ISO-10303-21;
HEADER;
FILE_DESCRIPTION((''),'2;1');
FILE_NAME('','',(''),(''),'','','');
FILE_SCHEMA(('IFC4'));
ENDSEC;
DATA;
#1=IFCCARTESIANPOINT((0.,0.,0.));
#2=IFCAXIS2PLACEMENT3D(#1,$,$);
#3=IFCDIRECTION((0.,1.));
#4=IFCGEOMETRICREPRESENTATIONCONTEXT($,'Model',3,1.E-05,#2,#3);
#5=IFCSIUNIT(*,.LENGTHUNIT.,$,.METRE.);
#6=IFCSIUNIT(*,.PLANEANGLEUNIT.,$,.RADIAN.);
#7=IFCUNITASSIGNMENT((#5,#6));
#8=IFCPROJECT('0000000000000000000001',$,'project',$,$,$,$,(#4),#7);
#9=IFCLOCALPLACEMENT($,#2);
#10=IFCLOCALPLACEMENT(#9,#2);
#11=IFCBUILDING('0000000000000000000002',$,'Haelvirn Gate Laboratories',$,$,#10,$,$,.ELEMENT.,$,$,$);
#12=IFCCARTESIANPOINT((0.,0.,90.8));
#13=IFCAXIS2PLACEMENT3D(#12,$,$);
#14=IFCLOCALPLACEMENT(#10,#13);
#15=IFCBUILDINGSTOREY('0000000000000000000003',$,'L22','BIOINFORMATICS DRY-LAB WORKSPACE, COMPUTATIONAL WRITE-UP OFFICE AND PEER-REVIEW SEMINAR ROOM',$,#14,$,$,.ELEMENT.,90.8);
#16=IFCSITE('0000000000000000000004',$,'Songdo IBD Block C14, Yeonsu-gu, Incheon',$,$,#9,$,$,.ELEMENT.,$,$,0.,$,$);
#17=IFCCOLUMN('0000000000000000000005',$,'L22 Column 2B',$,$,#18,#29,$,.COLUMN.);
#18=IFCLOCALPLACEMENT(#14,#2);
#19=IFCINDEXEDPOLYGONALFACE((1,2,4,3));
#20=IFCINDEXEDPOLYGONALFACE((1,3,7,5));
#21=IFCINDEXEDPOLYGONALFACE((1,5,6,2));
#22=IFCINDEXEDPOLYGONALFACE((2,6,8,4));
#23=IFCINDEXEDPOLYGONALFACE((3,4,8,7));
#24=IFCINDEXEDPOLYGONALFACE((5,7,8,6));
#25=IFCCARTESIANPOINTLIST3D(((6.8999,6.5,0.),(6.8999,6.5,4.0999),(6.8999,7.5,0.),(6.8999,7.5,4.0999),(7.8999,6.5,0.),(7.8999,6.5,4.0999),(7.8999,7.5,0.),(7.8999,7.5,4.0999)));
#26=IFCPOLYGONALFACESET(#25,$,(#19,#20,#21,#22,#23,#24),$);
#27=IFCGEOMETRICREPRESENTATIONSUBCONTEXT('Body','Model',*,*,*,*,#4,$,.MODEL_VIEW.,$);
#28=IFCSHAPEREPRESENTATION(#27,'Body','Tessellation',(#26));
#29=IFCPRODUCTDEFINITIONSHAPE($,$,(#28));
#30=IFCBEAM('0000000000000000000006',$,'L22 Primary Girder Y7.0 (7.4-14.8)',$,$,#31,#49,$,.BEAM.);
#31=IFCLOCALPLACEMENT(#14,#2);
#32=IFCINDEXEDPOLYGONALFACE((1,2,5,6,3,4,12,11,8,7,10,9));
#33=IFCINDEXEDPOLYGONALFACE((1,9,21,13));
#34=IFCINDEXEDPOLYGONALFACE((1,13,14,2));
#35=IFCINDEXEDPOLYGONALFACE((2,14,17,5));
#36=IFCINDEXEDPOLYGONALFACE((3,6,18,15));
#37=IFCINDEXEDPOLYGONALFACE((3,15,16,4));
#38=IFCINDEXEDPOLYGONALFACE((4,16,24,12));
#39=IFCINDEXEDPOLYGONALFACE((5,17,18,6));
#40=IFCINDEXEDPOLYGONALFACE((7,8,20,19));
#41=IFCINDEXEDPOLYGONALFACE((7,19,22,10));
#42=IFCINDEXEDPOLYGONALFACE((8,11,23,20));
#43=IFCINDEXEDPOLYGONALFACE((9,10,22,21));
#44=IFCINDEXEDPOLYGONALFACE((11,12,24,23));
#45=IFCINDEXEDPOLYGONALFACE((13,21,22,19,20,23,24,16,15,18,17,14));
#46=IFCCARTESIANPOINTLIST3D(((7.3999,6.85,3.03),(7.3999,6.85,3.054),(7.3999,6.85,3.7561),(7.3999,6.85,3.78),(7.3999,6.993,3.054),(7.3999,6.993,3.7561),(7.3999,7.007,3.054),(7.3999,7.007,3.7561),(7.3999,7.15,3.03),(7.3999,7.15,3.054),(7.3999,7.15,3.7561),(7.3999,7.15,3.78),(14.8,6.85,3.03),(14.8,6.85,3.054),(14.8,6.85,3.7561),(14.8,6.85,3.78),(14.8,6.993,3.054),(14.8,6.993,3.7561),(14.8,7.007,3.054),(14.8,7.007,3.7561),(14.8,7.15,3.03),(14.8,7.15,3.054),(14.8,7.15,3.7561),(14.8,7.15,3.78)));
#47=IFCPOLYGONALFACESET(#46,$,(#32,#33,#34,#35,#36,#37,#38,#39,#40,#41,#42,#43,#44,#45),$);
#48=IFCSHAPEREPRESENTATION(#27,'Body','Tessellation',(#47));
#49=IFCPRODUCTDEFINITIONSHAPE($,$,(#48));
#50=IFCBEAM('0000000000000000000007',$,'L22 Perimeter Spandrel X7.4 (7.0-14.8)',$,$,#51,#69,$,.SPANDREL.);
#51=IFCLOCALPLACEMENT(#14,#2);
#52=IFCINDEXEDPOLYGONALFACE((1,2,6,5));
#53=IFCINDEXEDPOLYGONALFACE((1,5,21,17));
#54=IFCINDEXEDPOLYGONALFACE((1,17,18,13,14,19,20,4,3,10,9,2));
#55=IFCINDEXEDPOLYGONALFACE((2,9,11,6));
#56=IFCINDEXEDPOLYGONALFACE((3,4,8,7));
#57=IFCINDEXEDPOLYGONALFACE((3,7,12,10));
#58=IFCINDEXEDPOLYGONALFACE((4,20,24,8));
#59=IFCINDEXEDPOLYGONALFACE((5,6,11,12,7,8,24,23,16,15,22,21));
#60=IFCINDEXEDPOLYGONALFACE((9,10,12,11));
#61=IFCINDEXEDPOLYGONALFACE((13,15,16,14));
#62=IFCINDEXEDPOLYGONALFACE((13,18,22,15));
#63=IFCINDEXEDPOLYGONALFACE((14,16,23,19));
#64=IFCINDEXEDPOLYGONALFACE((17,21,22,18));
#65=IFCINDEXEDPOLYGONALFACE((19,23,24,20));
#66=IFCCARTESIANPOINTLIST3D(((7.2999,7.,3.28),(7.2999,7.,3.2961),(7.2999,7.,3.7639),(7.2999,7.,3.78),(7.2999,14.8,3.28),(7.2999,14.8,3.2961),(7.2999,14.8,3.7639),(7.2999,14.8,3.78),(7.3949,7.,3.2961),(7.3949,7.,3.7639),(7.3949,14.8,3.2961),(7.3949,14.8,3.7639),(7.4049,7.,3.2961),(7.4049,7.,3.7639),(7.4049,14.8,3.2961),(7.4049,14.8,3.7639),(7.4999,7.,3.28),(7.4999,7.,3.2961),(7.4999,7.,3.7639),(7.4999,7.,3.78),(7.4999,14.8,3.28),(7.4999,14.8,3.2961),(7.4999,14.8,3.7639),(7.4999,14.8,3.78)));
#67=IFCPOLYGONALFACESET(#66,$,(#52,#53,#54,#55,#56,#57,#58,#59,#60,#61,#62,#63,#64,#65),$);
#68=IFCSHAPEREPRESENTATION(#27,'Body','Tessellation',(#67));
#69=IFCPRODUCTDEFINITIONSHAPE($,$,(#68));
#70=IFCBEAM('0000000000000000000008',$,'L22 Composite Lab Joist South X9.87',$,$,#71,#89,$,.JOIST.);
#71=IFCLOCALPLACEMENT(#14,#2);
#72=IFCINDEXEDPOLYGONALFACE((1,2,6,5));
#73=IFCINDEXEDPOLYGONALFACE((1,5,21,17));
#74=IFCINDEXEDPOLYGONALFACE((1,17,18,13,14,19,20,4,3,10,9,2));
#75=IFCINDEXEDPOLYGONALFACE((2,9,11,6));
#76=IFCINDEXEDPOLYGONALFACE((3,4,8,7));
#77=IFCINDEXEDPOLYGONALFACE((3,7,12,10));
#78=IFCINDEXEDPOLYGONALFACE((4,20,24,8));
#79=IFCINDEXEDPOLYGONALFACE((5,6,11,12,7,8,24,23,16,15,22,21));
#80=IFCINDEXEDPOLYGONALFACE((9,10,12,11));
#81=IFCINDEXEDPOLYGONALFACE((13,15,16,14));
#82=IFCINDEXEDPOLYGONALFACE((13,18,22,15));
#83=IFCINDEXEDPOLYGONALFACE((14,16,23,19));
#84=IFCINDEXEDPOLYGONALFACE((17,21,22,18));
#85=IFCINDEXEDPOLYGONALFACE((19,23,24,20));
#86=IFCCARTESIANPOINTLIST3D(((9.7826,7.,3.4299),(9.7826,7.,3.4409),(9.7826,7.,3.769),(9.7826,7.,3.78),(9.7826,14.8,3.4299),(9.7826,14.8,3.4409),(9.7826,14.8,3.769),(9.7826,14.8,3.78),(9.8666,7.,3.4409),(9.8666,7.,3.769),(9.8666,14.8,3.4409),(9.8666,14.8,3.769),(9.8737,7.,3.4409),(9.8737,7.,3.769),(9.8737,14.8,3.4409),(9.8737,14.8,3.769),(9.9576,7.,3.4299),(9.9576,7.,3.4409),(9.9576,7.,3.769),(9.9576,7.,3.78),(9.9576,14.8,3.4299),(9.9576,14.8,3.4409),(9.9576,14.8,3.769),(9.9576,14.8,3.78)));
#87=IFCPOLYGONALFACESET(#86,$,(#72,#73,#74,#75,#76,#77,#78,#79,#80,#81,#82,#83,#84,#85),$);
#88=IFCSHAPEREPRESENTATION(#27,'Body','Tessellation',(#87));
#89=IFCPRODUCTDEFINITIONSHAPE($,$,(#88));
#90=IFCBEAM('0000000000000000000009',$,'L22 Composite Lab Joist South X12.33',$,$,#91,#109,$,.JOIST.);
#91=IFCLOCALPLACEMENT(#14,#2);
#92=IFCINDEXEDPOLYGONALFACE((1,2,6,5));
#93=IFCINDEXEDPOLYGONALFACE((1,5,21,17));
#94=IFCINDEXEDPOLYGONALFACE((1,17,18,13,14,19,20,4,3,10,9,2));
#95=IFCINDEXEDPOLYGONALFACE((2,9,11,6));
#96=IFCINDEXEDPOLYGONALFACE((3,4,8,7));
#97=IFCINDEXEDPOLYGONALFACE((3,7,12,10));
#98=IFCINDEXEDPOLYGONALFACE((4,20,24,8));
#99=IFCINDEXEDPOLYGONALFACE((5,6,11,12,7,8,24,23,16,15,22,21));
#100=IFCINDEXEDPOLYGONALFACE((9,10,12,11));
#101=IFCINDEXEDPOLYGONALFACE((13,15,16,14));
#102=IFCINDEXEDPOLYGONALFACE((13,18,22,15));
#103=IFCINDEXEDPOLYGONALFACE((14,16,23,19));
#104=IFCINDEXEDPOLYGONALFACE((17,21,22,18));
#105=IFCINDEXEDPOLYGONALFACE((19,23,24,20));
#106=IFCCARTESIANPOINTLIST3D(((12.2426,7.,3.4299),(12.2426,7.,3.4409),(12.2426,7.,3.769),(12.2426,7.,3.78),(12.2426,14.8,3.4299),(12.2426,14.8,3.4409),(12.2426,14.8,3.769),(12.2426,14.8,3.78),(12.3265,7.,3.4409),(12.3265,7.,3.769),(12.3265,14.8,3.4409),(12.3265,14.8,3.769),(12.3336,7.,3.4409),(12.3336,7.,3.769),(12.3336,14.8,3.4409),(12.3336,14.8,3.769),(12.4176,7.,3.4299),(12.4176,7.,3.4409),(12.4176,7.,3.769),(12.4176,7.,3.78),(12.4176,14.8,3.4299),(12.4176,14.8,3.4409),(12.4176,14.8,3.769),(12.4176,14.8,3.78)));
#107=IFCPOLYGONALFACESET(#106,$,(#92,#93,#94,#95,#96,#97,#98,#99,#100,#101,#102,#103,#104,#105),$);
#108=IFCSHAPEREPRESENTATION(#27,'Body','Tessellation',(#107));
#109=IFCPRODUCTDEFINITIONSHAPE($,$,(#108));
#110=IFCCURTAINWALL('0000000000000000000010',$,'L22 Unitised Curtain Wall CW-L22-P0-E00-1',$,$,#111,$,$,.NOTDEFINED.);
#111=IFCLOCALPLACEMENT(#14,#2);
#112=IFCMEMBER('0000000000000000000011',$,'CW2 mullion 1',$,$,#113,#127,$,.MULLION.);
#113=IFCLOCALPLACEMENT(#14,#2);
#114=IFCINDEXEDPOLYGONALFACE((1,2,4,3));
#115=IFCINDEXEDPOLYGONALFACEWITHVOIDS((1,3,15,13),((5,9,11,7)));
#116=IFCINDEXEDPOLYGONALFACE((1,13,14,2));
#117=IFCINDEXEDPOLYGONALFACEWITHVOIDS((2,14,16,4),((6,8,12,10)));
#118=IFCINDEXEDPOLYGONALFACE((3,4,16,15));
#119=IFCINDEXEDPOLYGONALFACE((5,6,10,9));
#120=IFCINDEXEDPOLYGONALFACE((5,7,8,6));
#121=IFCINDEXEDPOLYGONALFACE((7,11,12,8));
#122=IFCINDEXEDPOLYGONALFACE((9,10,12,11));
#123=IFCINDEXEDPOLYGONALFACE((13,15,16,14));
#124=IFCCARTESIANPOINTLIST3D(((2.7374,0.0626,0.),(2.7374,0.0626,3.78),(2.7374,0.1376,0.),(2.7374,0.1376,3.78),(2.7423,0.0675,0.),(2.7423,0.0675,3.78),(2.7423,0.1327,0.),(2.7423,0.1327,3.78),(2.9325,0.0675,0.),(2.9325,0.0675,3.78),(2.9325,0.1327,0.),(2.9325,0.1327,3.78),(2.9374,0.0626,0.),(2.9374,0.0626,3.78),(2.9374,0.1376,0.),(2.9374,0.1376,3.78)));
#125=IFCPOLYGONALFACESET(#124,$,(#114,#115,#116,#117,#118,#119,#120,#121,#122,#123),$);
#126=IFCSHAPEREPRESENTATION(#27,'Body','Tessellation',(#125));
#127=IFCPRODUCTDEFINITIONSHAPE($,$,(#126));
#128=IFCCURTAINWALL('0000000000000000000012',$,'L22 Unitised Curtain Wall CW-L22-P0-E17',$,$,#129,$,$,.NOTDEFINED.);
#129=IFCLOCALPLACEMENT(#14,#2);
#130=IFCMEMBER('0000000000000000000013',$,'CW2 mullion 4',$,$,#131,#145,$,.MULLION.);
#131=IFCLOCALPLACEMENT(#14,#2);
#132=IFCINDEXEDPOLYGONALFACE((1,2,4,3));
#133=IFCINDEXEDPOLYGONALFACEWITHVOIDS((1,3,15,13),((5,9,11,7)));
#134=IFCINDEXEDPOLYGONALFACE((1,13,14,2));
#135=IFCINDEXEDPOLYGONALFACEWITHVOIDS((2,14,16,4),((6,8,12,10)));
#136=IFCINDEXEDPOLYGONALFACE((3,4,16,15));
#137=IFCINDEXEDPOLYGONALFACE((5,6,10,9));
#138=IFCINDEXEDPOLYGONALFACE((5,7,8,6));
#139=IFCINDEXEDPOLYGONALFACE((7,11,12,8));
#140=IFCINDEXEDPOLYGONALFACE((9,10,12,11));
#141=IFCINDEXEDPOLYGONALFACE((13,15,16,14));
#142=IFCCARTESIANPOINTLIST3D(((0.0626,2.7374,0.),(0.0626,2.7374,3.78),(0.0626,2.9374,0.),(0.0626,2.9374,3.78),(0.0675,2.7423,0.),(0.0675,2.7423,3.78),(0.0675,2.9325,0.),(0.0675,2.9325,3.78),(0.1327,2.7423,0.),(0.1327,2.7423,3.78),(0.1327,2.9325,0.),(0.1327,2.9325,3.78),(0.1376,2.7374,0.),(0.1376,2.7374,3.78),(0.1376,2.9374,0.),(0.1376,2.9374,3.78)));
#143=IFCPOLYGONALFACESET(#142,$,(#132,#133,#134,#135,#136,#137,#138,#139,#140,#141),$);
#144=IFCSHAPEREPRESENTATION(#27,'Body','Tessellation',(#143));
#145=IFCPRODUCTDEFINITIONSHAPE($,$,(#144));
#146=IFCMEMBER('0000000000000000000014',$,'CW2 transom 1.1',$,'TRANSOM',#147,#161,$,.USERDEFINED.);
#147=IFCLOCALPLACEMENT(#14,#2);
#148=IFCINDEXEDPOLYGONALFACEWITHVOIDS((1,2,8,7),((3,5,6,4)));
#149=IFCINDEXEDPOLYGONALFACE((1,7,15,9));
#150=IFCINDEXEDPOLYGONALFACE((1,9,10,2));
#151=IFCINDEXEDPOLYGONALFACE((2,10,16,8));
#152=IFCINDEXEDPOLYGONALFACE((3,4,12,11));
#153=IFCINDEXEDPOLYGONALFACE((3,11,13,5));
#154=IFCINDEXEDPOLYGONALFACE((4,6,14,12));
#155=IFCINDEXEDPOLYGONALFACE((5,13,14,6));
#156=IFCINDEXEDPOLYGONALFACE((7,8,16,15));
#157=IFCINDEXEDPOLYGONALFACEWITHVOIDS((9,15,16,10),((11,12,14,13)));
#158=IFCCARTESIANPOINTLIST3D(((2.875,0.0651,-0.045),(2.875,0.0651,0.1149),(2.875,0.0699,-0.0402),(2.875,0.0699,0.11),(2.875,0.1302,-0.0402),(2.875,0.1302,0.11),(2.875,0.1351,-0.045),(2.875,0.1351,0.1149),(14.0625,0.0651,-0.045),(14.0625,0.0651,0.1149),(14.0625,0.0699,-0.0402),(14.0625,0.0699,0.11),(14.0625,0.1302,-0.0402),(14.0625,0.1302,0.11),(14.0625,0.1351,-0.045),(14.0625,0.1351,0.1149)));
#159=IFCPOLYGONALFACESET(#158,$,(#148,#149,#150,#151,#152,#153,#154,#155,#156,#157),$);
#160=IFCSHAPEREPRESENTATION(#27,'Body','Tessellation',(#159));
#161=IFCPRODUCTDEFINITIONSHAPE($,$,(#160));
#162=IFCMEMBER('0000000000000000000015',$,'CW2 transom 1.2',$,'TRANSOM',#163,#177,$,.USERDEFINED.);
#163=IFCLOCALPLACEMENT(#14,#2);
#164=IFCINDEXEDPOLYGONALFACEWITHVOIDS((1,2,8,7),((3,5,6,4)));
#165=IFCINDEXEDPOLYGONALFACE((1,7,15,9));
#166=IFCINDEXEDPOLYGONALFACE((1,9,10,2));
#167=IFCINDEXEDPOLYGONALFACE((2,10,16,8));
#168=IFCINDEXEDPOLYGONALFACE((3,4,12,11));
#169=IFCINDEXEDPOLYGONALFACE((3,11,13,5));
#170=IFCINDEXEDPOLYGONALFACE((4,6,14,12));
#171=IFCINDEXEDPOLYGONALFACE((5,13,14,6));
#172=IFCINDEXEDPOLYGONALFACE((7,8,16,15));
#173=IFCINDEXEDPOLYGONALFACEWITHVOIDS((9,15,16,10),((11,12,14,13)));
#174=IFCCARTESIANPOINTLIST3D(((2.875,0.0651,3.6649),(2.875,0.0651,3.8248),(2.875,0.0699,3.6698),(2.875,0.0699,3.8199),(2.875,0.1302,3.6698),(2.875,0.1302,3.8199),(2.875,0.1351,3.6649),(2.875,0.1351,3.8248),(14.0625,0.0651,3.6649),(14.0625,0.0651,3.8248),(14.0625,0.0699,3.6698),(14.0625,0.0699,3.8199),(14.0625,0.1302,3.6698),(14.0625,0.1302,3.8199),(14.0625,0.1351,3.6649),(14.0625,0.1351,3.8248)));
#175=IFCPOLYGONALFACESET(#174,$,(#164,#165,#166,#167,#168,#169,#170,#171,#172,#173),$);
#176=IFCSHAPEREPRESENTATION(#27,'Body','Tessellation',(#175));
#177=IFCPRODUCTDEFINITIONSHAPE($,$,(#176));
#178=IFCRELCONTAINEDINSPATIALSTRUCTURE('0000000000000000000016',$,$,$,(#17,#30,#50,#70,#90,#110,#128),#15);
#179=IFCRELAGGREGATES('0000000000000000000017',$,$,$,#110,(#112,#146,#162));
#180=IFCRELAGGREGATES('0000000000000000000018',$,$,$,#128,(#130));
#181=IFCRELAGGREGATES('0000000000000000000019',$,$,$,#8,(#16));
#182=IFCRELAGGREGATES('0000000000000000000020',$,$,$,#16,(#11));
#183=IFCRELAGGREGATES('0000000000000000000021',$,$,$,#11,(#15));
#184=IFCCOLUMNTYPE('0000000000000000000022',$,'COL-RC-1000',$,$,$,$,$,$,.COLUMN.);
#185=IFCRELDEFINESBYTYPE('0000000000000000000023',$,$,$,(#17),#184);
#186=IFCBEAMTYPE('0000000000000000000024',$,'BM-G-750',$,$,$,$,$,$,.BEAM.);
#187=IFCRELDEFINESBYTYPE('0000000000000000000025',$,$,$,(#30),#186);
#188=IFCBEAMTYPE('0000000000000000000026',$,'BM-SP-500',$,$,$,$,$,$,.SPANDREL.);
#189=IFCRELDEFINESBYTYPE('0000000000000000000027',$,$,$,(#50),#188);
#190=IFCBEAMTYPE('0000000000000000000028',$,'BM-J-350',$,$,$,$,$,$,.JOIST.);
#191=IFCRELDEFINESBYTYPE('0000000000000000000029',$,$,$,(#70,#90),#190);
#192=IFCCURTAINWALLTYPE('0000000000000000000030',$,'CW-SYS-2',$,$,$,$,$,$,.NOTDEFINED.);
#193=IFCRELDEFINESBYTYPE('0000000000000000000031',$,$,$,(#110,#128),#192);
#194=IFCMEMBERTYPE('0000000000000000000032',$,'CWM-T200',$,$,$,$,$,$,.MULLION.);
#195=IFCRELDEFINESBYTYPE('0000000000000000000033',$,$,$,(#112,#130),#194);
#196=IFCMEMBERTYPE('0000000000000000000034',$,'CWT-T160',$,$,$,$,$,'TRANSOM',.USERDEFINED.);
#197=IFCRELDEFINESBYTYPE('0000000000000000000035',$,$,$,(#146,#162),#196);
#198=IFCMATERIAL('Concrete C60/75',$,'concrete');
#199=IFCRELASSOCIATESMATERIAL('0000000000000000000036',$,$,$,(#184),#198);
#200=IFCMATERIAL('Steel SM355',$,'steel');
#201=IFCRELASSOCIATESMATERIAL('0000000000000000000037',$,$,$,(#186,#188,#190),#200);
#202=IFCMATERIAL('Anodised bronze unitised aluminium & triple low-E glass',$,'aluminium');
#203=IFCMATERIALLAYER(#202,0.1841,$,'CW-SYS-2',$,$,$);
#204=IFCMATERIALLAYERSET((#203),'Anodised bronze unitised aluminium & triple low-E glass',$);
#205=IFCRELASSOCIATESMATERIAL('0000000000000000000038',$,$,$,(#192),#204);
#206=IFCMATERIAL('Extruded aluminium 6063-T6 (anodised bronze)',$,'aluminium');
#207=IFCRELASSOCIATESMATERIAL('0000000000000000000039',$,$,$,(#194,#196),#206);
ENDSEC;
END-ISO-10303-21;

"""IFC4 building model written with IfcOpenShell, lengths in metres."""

from ifc_helpers import new_model, si_unit, direction, frame, origin, origin_2d, place, context, subcontext, project, spatial, rectangle, hollow_rectangle, i_section, extrude, source, transform, mapped, material, layer, layer_set, material_profile, profile_set, type_object, type_shapes, element, aggregate, save


model = new_model("IFC4")

# Units and contexts
model_context = context("Model", 3, precision=1e-05, world=origin(), true_north=direction((0.0, 1.0)))
body_context = subcontext(model_context, "Body", "Model", "MODEL_VIEW")
ifc_project = project(units=[si_unit("LENGTHUNIT", "METRE"), si_unit("PLANEANGLEUNIT", "RADIAN")], contexts=[model_context])

# Site, building, storey
site_placement = place(None, origin())
site = spatial("IfcSite", under=ifc_project, at=site_placement, Name="Songdo IBD Block C14, Yeonsu-gu, Incheon", CompositionType="ELEMENT", RefElevation=0.0)
building_placement = place(site_placement, origin())
building = spatial("IfcBuilding", under=site, at=building_placement, Name="Haelvirn Gate Laboratories", CompositionType="ELEMENT")
storey_placement = place(building_placement, frame((0.0, 0.0, 90.8)))
storey = spatial("IfcBuildingStorey", under=building, at=storey_placement, Name="L22", Description="BIOINFORMATICS DRY-LAB WORKSPACE, COMPUTATIONAL WRITE-UP OFFICE AND PEER-REVIEW SEMINAR ROOM", CompositionType="ELEMENT", Elevation=90.8)

# Column
ifc_material_1 = material(Name="Concrete C60/75", Category="concrete")
ifc_material_profile_1 = material_profile(ifc_material_1, rectangle(XDim=1.0, YDim=1.0, at=origin_2d()), Name="RC-1000x1000")
ifc_profile_set_1 = profile_set([ifc_material_profile_1], Name="Concrete C60/75")
column_type = type_object("IfcColumnType", Name="COL-RC-1000", PredefinedType="COLUMN", material=ifc_profile_set_1)
shared_shape_1 = source(origin(), body_context, "Body", "SweptSolid", [
    extrude(rectangle(XDim=1.0, YDim=1.0, at=origin_2d()), origin(), (0.0, 0.0, 1.0), 4.0999),
])
type_shapes(column_type, [shared_shape_1])
column_placement = place(storey_placement, frame((7.3999, 7.0, 0.0), z_axis=(0.0, 0.0, 1.0), x_axis=(1.0, 0.0, 0.0)))
element("IfcColumn", 1, at=column_placement, inside=storey, type_object=column_type, Name="L22 Column 2B", PredefinedType="COLUMN", context=body_context, shape_type="MappedRepresentation", body=[
    mapped(shared_shape_1, transform((0.0, 0.0, 0.0), scale=1.0)),
])

# Beams
ifc_material_2 = material(Name="Steel SM355", Category="steel")
ifc_material_profile_2 = material_profile(ifc_material_2, i_section(OverallWidth=0.3, OverallDepth=0.75, WebThickness=0.0139, FlangeThickness=0.0239, at=origin_2d()), Name="H-750x300x14x24")
ifc_profile_set_2 = profile_set([ifc_material_profile_2], Name="Steel SM355")
beam_type_1 = type_object("IfcBeamType", Name="BM-G-750", PredefinedType="BEAM", material=ifc_profile_set_2)
shared_shape_2 = source(origin(), body_context, "Body", "SweptSolid", [
    extrude(i_section(OverallWidth=0.3, OverallDepth=0.75, WebThickness=0.0139, FlangeThickness=0.0239, at=origin_2d()), origin(), (0.0, 0.0, 1.0), 7.4001),
])
type_shapes(beam_type_1, [shared_shape_2])
beam_1_placement = place(storey_placement, frame((7.3999, 7.0, 3.405), z_axis=(1.0, 0.0, 0.0), x_axis=(0.0, 1.0, 0.0)))
element("IfcBeam", 2, at=beam_1_placement, inside=storey, type_object=beam_type_1, Name="L22 Primary Girder Y7.0 (7.4-14.8)", PredefinedType="BEAM", context=body_context, shape_type="MappedRepresentation", body=[
    mapped(shared_shape_2, transform((0.0, 0.0, 0.0), scale=1.0)),
])
ifc_material_profile_3 = material_profile(ifc_material_2, i_section(OverallWidth=0.2, OverallDepth=0.5, WebThickness=0.01, FlangeThickness=0.0161, at=origin_2d()), Name="H-500x200x10x16")
ifc_profile_set_3 = profile_set([ifc_material_profile_3], Name="Steel SM355")
beam_type_2 = type_object("IfcBeamType", Name="BM-SP-500", PredefinedType="SPANDREL", material=ifc_profile_set_3)
shared_shape_3 = source(origin(), body_context, "Body", "SweptSolid", [
    extrude(i_section(OverallWidth=0.2, OverallDepth=0.5, WebThickness=0.01, FlangeThickness=0.0161, at=origin_2d()), origin(), (0.0, 0.0, 1.0), 7.8),
])
type_shapes(beam_type_2, [shared_shape_3])
beam_2_placement = place(storey_placement, frame((7.3999, 7.0, 3.53), z_axis=(0.0, 1.0, 0.0), x_axis=(-1.0, 0.0, 0.0)))
element("IfcBeam", 3, at=beam_2_placement, inside=storey, type_object=beam_type_2, Name="L22 Perimeter Spandrel X7.4 (7.0-14.8)", PredefinedType="SPANDREL", context=body_context, shape_type="MappedRepresentation", body=[
    mapped(shared_shape_3, transform((0.0, 0.0, 0.0), scale=1.0)),
])
ifc_material_profile_4 = material_profile(ifc_material_2, i_section(OverallWidth=0.175, OverallDepth=0.3501, WebThickness=0.0071, FlangeThickness=0.011, at=origin_2d()), Name="H-350x175x7x11")
ifc_profile_set_4 = profile_set([ifc_material_profile_4], Name="Steel SM355")
beam_type_3 = type_object("IfcBeamType", Name="BM-J-350", PredefinedType="JOIST", material=ifc_profile_set_4)
shared_shape_4 = source(origin(), body_context, "Body", "SweptSolid", [
    extrude(i_section(OverallWidth=0.175, OverallDepth=0.3501, WebThickness=0.0071, FlangeThickness=0.011, at=origin_2d()), origin(), (0.0, 0.0, 1.0), 7.8),
])
type_shapes(beam_type_3, [shared_shape_4])
for number, where, z_axis, x_axis, name in (
    (4, (9.8701, 7.0, 3.605), (0.0, 1.0, 0.0), (-1.0, 0.0, 0.0), "L22 Composite Lab Joist South X9.87"),
    (5, (12.3301, 7.0, 3.605), (0.0, 1.0, 0.0), (-1.0, 0.0, 0.0), "L22 Composite Lab Joist South X12.33"),
):
    element("IfcBeam", number, at=place(storey_placement, frame(where, z_axis=z_axis, x_axis=x_axis)), inside=storey, type_object=beam_type_3, Name=name, PredefinedType="JOIST", context=body_context, shape_type="MappedRepresentation", body=[
        mapped(shared_shape_4, transform((0.0, 0.0, 0.0), scale=1.0)),
    ])

# Curtain walls, members
ifc_material_3 = material(Name="Anodised bronze unitised aluminium & triple low-E glass", Category="aluminium")
ifc_layer_1 = layer(ifc_material_3, 0.1841, Name="CW-SYS-2")
ifc_layer_set_1 = layer_set([ifc_layer_1], Name="Anodised bronze unitised aluminium & triple low-E glass")
curtain_wall_type_1 = type_object("IfcCurtainWallType", Name="CW-SYS-2", PredefinedType="NOTDEFINED", material=ifc_layer_set_1)
curtain_wall_1_placement = place(storey_placement, origin())
curtain_wall_1 = element("IfcCurtainWall", 6, at=curtain_wall_1_placement, inside=storey, type_object=curtain_wall_type_1, Name="L22 Unitised Curtain Wall CW-L22-P0-E00-1", PredefinedType="NOTDEFINED")
ifc_material_4 = material(Name="Extruded aluminium 6063-T6 (anodised bronze)", Category="aluminium")
ifc_material_profile_5 = material_profile(ifc_material_4, hollow_rectangle(XDim=0.075, YDim=0.2, WallThickness=0.0049, at=origin_2d()), Name="CWM-200x75x5")
ifc_profile_set_5 = profile_set([ifc_material_profile_5], Name="Extruded aluminium 6063-T6 (anodised bronze)")
member_type_1 = type_object("IfcMemberType", Name="CWM-T200", PredefinedType="MULLION", material=ifc_profile_set_5)
shared_shape_5 = source(origin(), body_context, "Body", "SweptSolid", [
    extrude(hollow_rectangle(XDim=0.075, YDim=0.2, WallThickness=0.0049, at=origin_2d()), origin(), (0.0, 0.0, 1.0), 3.78),
])
type_shapes(member_type_1, [shared_shape_5])
member_1_placement = place(storey_placement, frame((2.8374, 0.1001, 0.0), z_axis=(0.0, 0.0, 1.0), x_axis=(0.0, 1.0, 0.0)))
member_1 = element("IfcMember", 7, at=member_1_placement, type_object=member_type_1, Name="CW2 mullion 1", PredefinedType="MULLION", context=body_context, shape_type="MappedRepresentation", body=[
    mapped(shared_shape_5, transform((0.0, 0.0, 0.0), scale=1.0)),
])
curtain_wall_2_placement = place(storey_placement, origin())
curtain_wall_2 = element("IfcCurtainWall", 8, at=curtain_wall_2_placement, inside=storey, type_object=curtain_wall_type_1, Name="L22 Unitised Curtain Wall CW-L22-P0-E17", PredefinedType="NOTDEFINED")
member_2_placement = place(storey_placement, frame((0.1001, 2.8374, 0.0), z_axis=(0.0, 0.0, 1.0), x_axis=(1.0, 0.0, 0.0)))
member_2 = element("IfcMember", 9, at=member_2_placement, type_object=member_type_1, Name="CW2 mullion 4", PredefinedType="MULLION", context=body_context, shape_type="MappedRepresentation", body=[
    mapped(shared_shape_5, transform((0.0, 0.0, 0.0), scale=1.0)),
])

# Members
ifc_material_profile_6 = material_profile(ifc_material_4, hollow_rectangle(XDim=0.0701, YDim=0.1599, WallThickness=0.0049, at=origin_2d()), Name="CWT-160x70x5")
ifc_profile_set_6 = profile_set([ifc_material_profile_6], Name="Extruded aluminium 6063-T6 (anodised bronze)")
member_type_2 = type_object("IfcMemberType", Name="CWT-T160", ElementType="TRANSOM", PredefinedType="USERDEFINED", material=ifc_profile_set_6)
shared_shape_6 = source(origin(), body_context, "Body", "SweptSolid", [
    extrude(hollow_rectangle(XDim=0.0701, YDim=0.1599, WallThickness=0.0049, at=origin_2d()), origin(), (0.0, 0.0, 1.0), 11.1875),
])
type_shapes(member_type_2, [shared_shape_6])
member_3_placement = place(storey_placement, frame((2.875, 0.1001, 0.0349), z_axis=(1.0, 0.0, 0.0), x_axis=(0.0, 1.0, 0.0)))
member_3 = element("IfcMember", 10, at=member_3_placement, type_object=member_type_2, Name="CW2 transom 1.1", ObjectType="TRANSOM", PredefinedType="USERDEFINED", context=body_context, shape_type="MappedRepresentation", body=[
    mapped(shared_shape_6, transform((0.0, 0.0, 0.0), scale=1.0)),
])
member_4_placement = place(storey_placement, frame((2.875, 0.1001, 3.7449), z_axis=(1.0, 0.0, 0.0), x_axis=(0.0, 1.0, 0.0)))
member_4 = element("IfcMember", 11, at=member_4_placement, type_object=member_type_2, Name="CW2 transom 1.2", ObjectType="TRANSOM", PredefinedType="USERDEFINED", context=body_context, shape_type="MappedRepresentation", body=[
    mapped(shared_shape_6, transform((0.0, 0.0, 0.0), scale=1.0)),
])

aggregate(curtain_wall_1, [member_1, member_3, member_4])
aggregate(curtain_wall_2, [member_2])

save(model, "model.ifc")
